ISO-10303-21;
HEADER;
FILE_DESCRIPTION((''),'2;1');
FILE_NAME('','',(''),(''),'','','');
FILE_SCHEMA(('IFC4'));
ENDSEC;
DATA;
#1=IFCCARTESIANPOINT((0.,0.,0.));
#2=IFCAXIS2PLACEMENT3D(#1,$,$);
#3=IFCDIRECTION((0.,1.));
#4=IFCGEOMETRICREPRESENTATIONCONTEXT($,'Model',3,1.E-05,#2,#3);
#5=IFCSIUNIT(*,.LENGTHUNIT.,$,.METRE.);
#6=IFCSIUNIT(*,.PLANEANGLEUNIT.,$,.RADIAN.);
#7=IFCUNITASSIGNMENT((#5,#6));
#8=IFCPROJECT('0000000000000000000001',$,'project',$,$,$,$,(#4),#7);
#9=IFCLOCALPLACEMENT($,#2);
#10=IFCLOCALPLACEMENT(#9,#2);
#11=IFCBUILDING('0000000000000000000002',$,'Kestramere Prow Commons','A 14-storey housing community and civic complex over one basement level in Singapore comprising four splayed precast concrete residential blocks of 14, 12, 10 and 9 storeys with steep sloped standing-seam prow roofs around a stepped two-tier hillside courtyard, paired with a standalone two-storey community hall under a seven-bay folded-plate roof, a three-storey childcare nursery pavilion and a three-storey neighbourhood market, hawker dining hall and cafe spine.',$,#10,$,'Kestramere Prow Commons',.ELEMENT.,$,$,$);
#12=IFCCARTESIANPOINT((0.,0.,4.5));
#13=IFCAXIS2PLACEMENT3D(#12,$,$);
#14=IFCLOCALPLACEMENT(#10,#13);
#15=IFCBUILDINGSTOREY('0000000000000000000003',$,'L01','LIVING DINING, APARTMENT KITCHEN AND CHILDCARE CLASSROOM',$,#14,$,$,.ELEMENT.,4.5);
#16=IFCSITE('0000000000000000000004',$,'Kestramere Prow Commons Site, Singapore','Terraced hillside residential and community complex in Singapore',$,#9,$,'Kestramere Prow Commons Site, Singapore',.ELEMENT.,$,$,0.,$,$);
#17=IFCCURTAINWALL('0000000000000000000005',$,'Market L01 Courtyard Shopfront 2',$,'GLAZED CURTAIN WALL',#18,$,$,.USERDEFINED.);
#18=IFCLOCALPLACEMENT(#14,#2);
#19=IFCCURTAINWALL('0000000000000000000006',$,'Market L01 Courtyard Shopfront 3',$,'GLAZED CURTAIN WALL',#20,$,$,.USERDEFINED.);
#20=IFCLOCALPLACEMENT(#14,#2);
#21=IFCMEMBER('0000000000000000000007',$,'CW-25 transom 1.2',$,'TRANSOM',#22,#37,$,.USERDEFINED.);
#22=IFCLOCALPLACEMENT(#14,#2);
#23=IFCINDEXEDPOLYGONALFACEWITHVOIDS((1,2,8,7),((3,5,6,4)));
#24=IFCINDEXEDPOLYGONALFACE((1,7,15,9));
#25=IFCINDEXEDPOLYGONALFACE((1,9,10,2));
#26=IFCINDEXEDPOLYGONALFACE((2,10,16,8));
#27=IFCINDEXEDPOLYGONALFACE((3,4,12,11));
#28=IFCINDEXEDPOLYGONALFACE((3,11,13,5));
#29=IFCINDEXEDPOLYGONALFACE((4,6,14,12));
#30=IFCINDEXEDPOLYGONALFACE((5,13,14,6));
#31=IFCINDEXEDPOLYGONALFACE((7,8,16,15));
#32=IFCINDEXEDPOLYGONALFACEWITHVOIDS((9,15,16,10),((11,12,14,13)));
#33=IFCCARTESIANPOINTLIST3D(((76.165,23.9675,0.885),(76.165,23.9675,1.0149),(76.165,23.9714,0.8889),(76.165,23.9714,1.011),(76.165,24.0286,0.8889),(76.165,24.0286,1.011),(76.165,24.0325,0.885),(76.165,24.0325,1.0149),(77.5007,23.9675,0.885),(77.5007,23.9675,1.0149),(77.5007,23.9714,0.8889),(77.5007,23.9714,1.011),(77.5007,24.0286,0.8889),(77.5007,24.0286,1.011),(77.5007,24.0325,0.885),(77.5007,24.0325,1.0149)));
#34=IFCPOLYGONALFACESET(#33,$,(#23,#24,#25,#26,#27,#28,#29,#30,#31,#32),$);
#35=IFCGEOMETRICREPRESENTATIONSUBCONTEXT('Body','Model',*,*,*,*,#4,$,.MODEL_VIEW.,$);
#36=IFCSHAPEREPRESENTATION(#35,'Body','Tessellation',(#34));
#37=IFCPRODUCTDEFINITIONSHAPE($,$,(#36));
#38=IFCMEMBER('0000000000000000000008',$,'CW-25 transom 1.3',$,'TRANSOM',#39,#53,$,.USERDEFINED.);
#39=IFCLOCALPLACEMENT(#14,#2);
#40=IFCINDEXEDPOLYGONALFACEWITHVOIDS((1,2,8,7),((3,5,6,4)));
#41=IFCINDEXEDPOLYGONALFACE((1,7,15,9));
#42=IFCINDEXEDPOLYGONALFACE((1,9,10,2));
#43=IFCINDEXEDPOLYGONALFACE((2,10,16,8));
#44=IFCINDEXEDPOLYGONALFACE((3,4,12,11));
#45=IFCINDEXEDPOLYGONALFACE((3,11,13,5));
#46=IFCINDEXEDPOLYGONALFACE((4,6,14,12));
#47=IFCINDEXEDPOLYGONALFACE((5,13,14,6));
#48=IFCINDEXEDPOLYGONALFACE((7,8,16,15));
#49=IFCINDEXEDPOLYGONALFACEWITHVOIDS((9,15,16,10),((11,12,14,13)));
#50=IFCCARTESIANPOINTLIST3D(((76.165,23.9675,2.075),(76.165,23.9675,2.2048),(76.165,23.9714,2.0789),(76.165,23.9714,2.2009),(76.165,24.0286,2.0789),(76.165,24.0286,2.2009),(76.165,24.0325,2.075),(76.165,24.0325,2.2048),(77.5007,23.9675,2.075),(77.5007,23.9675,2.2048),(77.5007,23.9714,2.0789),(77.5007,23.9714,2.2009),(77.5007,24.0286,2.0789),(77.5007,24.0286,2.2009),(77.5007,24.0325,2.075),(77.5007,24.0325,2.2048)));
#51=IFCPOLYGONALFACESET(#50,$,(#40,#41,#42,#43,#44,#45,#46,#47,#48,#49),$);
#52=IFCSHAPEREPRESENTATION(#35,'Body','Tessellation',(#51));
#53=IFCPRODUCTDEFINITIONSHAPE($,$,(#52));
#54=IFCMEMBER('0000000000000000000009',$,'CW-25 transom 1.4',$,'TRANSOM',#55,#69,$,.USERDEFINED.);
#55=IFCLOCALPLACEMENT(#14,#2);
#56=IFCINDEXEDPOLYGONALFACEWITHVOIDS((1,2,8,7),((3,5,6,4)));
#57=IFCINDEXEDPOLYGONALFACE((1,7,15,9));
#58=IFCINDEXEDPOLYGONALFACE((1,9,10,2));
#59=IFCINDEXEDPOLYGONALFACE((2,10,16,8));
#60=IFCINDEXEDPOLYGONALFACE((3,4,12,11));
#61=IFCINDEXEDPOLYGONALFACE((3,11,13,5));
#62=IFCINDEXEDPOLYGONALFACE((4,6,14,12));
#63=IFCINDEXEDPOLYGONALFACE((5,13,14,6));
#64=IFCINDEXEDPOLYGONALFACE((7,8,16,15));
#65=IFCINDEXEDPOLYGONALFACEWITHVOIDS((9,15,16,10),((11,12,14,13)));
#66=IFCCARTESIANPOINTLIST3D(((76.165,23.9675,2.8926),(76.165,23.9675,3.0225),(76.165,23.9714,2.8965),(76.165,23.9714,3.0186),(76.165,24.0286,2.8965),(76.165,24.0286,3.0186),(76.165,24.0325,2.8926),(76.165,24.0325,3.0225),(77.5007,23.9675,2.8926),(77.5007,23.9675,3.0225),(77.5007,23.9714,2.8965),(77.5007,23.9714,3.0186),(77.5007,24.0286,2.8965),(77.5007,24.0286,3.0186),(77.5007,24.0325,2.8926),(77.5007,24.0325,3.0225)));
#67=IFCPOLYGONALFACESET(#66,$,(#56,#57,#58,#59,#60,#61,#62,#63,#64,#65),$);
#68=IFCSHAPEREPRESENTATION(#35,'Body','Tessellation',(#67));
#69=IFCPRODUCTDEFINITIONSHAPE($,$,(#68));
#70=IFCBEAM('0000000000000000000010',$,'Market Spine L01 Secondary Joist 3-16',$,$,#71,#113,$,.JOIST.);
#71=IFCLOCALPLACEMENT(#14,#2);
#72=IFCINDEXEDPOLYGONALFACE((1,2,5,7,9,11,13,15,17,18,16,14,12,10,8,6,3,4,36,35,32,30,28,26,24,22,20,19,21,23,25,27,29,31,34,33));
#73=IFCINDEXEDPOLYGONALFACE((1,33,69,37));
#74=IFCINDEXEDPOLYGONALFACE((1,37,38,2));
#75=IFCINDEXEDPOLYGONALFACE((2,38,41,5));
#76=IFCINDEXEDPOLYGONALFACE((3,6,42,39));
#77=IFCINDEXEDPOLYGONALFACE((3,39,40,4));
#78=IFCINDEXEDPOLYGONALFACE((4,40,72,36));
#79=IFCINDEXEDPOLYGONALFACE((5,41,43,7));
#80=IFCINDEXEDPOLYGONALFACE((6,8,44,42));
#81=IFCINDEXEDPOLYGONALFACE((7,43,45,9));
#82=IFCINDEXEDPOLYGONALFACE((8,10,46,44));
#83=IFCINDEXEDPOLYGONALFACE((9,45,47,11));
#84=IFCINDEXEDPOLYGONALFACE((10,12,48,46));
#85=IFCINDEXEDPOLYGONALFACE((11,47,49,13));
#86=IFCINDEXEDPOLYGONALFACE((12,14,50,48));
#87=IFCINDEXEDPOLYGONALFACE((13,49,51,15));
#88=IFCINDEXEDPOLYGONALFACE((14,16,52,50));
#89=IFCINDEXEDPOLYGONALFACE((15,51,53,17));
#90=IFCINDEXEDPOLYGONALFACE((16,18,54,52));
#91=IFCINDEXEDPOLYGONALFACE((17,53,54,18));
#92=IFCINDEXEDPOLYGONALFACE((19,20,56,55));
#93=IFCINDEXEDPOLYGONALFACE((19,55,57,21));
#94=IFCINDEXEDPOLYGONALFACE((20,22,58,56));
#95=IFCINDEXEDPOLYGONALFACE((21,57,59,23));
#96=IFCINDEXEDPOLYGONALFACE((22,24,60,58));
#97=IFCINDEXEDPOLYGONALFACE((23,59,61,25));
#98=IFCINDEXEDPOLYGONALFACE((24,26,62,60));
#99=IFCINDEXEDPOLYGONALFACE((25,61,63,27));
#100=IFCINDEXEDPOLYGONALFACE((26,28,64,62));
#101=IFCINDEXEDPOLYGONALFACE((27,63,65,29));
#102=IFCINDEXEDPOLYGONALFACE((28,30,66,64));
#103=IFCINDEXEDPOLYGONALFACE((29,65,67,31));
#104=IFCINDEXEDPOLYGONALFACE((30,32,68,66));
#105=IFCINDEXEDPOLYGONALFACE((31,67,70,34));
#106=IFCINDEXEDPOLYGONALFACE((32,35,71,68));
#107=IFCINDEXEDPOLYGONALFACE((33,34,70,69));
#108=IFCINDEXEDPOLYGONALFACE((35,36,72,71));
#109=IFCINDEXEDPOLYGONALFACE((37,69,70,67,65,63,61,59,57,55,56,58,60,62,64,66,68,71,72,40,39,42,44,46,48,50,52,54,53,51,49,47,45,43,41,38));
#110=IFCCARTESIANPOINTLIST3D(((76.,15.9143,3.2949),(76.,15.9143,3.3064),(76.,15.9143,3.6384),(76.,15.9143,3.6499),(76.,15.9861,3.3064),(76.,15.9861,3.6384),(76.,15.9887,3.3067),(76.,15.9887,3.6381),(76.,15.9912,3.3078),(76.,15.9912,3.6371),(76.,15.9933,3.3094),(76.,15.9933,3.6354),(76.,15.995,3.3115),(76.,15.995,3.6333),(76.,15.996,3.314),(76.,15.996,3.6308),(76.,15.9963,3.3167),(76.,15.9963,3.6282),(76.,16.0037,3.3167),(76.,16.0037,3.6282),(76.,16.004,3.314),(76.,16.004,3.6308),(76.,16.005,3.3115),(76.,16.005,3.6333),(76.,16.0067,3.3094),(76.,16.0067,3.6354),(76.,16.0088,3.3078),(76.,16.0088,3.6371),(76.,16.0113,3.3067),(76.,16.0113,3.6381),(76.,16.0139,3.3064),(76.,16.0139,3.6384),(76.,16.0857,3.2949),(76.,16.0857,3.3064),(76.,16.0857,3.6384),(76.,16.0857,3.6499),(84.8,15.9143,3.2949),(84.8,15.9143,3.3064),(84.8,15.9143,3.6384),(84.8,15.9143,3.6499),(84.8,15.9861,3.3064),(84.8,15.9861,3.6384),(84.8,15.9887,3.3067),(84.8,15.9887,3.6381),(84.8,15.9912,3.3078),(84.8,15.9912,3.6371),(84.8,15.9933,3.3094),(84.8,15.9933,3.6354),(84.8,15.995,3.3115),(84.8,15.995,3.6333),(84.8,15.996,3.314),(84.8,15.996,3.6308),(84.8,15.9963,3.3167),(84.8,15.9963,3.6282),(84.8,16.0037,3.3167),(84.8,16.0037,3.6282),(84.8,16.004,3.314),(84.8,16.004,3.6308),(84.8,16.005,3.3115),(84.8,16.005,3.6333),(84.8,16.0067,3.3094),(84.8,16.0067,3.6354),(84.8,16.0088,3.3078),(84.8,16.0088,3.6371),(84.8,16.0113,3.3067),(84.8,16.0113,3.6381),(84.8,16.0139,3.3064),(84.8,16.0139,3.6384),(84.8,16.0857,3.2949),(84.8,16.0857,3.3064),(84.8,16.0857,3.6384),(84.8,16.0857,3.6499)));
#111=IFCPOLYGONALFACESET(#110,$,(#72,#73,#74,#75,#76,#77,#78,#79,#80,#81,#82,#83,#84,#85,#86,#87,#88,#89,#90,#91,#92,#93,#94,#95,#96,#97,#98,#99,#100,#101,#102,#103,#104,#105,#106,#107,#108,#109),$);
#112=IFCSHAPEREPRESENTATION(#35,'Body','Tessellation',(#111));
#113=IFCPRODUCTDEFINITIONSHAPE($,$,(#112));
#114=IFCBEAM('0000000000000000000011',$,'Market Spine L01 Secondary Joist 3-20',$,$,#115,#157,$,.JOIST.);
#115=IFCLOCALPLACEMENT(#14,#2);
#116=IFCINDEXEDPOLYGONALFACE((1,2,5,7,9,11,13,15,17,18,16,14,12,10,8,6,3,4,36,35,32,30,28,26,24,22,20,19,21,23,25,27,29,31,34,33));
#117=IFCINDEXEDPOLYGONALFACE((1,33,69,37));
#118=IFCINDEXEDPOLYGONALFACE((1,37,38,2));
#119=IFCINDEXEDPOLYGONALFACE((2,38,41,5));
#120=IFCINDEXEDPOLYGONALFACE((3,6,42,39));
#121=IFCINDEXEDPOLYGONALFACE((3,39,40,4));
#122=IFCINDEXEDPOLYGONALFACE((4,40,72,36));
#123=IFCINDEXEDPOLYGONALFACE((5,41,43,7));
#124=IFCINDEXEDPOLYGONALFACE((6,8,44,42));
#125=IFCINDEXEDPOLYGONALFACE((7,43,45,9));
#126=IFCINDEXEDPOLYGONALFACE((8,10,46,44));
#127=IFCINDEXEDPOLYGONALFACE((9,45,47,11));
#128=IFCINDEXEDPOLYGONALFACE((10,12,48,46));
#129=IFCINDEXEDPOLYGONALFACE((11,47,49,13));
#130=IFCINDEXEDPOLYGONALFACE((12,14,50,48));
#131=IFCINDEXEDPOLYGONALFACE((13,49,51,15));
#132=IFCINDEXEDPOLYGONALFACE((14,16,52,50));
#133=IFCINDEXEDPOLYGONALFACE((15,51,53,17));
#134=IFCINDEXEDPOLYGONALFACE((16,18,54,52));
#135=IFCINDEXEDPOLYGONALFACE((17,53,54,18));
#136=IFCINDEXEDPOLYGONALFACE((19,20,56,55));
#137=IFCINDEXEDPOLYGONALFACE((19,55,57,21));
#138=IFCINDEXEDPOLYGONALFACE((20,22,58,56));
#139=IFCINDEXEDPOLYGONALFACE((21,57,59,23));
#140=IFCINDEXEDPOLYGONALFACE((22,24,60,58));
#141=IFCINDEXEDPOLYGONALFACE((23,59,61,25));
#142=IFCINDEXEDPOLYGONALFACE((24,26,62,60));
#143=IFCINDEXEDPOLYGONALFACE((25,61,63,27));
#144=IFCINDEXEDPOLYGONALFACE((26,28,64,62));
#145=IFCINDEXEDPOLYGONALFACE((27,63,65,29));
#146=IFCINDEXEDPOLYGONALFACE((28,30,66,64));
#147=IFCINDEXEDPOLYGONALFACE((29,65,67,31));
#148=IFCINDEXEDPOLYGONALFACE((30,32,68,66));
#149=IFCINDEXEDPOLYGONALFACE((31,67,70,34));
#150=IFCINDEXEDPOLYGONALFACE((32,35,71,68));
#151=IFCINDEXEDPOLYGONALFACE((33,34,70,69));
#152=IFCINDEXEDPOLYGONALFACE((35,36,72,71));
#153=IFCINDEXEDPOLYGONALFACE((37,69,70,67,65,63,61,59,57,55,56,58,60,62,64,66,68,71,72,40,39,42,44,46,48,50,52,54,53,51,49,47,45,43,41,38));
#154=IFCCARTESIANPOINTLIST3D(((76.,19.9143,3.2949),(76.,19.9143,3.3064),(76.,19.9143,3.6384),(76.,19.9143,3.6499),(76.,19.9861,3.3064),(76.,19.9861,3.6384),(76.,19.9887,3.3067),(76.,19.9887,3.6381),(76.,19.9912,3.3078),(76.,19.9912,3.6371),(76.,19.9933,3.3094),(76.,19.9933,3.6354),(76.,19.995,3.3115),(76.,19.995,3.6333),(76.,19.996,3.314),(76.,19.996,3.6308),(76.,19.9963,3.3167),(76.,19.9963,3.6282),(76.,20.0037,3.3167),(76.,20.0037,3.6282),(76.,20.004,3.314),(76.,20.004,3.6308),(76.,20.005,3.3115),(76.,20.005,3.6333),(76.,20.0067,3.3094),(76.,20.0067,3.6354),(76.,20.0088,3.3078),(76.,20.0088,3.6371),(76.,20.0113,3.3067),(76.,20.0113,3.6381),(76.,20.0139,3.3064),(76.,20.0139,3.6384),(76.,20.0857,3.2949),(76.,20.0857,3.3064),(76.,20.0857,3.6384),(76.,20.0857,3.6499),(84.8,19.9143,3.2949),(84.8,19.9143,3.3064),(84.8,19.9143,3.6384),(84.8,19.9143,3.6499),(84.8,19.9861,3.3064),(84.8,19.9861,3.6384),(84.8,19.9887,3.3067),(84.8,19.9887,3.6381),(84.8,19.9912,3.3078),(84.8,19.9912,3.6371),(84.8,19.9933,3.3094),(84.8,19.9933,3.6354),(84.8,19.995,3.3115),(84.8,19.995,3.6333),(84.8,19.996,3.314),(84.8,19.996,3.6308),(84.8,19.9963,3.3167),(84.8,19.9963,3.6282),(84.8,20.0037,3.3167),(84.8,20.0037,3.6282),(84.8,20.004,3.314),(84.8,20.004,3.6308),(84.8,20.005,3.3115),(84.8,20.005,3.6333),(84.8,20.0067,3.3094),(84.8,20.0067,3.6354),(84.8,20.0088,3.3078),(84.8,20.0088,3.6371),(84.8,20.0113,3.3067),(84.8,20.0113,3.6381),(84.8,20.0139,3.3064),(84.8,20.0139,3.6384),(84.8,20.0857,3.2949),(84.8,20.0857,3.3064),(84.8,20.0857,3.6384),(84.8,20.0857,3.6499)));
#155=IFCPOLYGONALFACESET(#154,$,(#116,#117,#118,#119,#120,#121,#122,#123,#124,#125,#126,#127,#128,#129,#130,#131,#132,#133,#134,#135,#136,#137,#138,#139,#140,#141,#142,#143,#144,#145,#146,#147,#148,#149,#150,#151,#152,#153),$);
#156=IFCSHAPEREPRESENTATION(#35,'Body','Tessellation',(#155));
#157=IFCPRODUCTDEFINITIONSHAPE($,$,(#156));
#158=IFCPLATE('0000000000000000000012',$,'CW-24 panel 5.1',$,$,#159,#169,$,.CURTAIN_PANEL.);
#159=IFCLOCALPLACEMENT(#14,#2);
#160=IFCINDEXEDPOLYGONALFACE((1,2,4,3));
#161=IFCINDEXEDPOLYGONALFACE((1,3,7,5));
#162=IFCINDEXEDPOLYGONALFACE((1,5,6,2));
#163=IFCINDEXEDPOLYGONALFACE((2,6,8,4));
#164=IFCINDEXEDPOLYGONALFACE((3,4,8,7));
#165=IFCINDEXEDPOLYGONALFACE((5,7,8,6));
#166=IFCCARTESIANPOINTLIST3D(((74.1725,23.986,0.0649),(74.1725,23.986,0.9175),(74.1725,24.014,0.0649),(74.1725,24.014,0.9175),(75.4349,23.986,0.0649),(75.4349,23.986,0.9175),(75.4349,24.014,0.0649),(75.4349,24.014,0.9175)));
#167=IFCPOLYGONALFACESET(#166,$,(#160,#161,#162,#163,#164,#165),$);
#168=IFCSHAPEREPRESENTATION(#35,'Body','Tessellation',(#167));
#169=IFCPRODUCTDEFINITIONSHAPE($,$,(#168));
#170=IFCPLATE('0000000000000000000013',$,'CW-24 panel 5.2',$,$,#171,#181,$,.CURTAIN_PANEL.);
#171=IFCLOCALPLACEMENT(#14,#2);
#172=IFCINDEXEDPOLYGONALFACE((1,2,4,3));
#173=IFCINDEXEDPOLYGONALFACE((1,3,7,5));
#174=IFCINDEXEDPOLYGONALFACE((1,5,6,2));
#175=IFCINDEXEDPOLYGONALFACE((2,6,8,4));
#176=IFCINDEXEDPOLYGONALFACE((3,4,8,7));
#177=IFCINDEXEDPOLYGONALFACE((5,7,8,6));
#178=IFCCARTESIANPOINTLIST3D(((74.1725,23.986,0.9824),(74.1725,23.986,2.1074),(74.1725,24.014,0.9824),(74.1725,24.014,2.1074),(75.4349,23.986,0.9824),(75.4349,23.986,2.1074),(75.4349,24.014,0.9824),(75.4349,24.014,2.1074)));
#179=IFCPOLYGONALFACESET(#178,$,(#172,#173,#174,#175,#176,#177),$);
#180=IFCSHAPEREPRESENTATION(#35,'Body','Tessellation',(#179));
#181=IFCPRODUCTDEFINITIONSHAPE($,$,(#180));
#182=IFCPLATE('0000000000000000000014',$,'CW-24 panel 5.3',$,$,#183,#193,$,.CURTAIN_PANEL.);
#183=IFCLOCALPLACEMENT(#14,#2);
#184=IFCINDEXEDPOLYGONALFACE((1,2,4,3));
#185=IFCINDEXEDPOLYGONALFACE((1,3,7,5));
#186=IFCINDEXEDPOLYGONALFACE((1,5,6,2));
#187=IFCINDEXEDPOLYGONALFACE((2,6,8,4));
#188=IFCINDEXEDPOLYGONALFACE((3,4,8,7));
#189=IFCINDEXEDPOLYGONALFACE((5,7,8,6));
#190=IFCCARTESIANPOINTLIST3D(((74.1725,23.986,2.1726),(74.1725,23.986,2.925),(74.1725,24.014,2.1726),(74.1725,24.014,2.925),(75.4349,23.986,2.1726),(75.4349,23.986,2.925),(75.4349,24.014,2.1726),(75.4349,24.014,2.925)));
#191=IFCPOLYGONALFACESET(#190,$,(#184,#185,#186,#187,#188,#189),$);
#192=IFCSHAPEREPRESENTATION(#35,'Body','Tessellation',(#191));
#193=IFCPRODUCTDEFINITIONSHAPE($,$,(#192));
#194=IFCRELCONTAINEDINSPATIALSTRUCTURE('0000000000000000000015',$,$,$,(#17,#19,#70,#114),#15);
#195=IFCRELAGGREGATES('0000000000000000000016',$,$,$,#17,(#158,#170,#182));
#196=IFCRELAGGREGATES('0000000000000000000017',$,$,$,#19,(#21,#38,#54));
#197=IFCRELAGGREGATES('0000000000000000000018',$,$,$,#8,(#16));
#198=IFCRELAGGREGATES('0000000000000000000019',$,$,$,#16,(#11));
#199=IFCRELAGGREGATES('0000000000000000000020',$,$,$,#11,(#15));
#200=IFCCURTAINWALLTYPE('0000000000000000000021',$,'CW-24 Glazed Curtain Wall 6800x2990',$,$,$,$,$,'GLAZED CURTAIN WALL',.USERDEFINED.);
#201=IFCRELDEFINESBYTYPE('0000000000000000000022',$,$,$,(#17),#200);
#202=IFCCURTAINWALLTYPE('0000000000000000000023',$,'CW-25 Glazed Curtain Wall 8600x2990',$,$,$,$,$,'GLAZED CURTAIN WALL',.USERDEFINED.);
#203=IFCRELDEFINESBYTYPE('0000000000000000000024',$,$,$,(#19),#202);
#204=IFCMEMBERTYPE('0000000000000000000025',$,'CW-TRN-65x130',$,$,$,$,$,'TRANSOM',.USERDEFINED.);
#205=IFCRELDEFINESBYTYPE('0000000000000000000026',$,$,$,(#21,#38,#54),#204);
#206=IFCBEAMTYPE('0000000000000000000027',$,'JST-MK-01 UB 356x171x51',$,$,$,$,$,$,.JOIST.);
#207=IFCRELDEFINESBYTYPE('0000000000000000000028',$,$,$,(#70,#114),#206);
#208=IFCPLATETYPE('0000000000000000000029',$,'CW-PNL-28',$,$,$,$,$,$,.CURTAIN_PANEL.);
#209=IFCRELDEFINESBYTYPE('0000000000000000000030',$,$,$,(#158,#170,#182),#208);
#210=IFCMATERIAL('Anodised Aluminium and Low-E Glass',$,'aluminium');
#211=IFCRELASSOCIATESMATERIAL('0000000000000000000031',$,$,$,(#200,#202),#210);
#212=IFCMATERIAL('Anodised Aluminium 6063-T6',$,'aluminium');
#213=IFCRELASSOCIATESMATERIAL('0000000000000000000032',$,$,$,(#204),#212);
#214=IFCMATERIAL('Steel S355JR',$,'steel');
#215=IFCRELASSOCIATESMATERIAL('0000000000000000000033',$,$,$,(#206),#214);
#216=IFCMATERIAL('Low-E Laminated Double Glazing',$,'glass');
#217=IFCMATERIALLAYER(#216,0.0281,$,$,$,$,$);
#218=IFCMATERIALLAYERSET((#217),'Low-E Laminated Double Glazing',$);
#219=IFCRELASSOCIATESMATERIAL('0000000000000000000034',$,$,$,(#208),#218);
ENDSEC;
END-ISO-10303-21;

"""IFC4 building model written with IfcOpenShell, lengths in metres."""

from ifc_helpers import new_model, si_unit, direction, frame, origin, origin_2d, place, context, subcontext, project, spatial, rectangle, hollow_rectangle, i_section, extrude, material, layer, layer_set, material_profile, profile_set, type_object, element, aggregate, save


model = new_model("IFC4")

# Units and contexts
model_context = context("Model", 3, precision=1e-05, world=origin(), true_north=direction((0.0, 1.0)))
body_context = subcontext(model_context, "Body", "Model", "MODEL_VIEW")
ifc_project = project(units=[si_unit("LENGTHUNIT", "METRE"), si_unit("PLANEANGLEUNIT", "RADIAN")], contexts=[model_context])

# Site, building, storey
site_placement = place(None, origin())
site = spatial("IfcSite", under=ifc_project, at=site_placement, Name="Kestramere Prow Commons Site, Singapore", Description="Terraced hillside residential and community complex in Singapore", LongName="Kestramere Prow Commons Site, Singapore", CompositionType="ELEMENT", RefElevation=0.0)
building_placement = place(site_placement, origin())
building = spatial("IfcBuilding", under=site, at=building_placement, Name="Kestramere Prow Commons", Description="A 14-storey housing community and civic complex over one basement level in Singapore comprising four splayed precast concrete residential blocks of 14, 12, 10 and 9 storeys with steep sloped standing-seam prow roofs around a stepped two-tier hillside courtyard, paired with a standalone two-storey community hall under a seven-bay folded-plate roof, a three-storey childcare nursery pavilion and a three-storey neighbourhood market, hawker dining hall and cafe spine.", LongName="Kestramere Prow Commons", CompositionType="ELEMENT")
storey_placement = place(building_placement, frame((0.0, 0.0, 4.5)))
storey = spatial("IfcBuildingStorey", under=building, at=storey_placement, Name="L01", Description="LIVING DINING, APARTMENT KITCHEN AND CHILDCARE CLASSROOM", CompositionType="ELEMENT", Elevation=4.5)

# Curtain walls
ifc_material_1 = material(Name="Anodised Aluminium and Low-E Glass", Category="aluminium")
curtain_wall_type_1 = type_object("IfcCurtainWallType", Name="CW-24 Glazed Curtain Wall 6800x2990", ElementType="GLAZED CURTAIN WALL", PredefinedType="USERDEFINED", material=ifc_material_1)
curtain_wall_1_placement = place(storey_placement, origin())
curtain_wall_1 = element("IfcCurtainWall", 1, at=curtain_wall_1_placement, inside=storey, type_object=curtain_wall_type_1, Name="Market L01 Courtyard Shopfront 2", ObjectType="GLAZED CURTAIN WALL", PredefinedType="USERDEFINED")
ifc_material_2 = material(Name="Anodised Aluminium 6063-T6", Category="aluminium")
curtain_wall_type_2 = type_object("IfcCurtainWallType", Name="CW-25 Glazed Curtain Wall 8600x2990", ElementType="GLAZED CURTAIN WALL", PredefinedType="USERDEFINED", material=ifc_material_1)
curtain_wall_2_placement = place(storey_placement, origin())
curtain_wall_2 = element("IfcCurtainWall", 2, at=curtain_wall_2_placement, inside=storey, type_object=curtain_wall_type_2, Name="Market L01 Courtyard Shopfront 3", ObjectType="GLAZED CURTAIN WALL", PredefinedType="USERDEFINED")

# Members
ifc_material_profile_1 = material_profile(ifc_material_2, hollow_rectangle(XDim=0.0649, YDim=0.1299, WallThickness=0.0039, at=origin_2d()), Name="ALU-TRN 65x130")
ifc_profile_set_1 = profile_set([ifc_material_profile_1], Name="Anodised Aluminium 6063-T6")
member_type_1 = type_object("IfcMemberType", Name="CW-TRN-65x130", ElementType="TRANSOM", PredefinedType="USERDEFINED", material=ifc_profile_set_1)
member_1_placement = place(storey_placement, frame((76.165, 24.0, 0.95), z_axis=(1.0, 0.0, 0.0), x_axis=(0.0, 1.0, 0.0)))
member_1 = element("IfcMember", 3, at=member_1_placement, type_object=member_type_1, Name="CW-25 transom 1.2", ObjectType="TRANSOM", PredefinedType="USERDEFINED", context=body_context, shape_type="SweptSolid", body=[
    extrude(hollow_rectangle(XDim=0.0649, YDim=0.1299, WallThickness=0.0039, at=origin_2d()), origin(), (0.0, 0.0, 1.0), 1.3357),
])
member_2_placement = place(storey_placement, frame((76.165, 24.0, 2.1399), z_axis=(1.0, 0.0, 0.0), x_axis=(0.0, 1.0, 0.0)))
member_2 = element("IfcMember", 4, at=member_2_placement, type_object=member_type_1, Name="CW-25 transom 1.3", ObjectType="TRANSOM", PredefinedType="USERDEFINED", context=body_context, shape_type="SweptSolid", body=[
    extrude(hollow_rectangle(XDim=0.0649, YDim=0.1299, WallThickness=0.0039, at=origin_2d()), origin(), (0.0, 0.0, 1.0), 1.3357),
])
member_3_placement = place(storey_placement, frame((76.165, 24.0, 2.9575), z_axis=(1.0, 0.0, 0.0), x_axis=(0.0, 1.0, 0.0)))
member_3 = element("IfcMember", 5, at=member_3_placement, type_object=member_type_1, Name="CW-25 transom 1.4", ObjectType="TRANSOM", PredefinedType="USERDEFINED", context=body_context, shape_type="SweptSolid", body=[
    extrude(hollow_rectangle(XDim=0.0649, YDim=0.1299, WallThickness=0.0039, at=origin_2d()), origin(), (0.0, 0.0, 1.0), 1.3357),
])

# Beams
ifc_material_3 = material(Name="Steel S355JR", Category="steel")
ifc_material_profile_2 = material_profile(ifc_material_3, i_section(OverallWidth=0.1714, OverallDepth=0.355, WebThickness=0.0073, FlangeThickness=0.0115, FilletRadius=0.0103, at=origin_2d()), Name="UB 356x171x51")
ifc_profile_set_2 = profile_set([ifc_material_profile_2], Name="Steel S355JR")
beam_type_1 = type_object("IfcBeamType", Name="JST-MK-01 UB 356x171x51", PredefinedType="JOIST", material=ifc_profile_set_2)
for number, where, z_axis, x_axis, name in (
    (6, (76.0, 16.0, 3.4724), (1.0, 0.0, 0.0), (0.0, 1.0, 0.0), "Market Spine L01 Secondary Joist 3-16"),
    (7, (76.0, 20.0, 3.4724), (1.0, 0.0, 0.0), (0.0, 1.0, 0.0), "Market Spine L01 Secondary Joist 3-20"),
):
    element("IfcBeam", number, at=place(storey_placement, frame(where, z_axis=z_axis, x_axis=x_axis)), inside=storey, type_object=beam_type_1, Name=name, PredefinedType="JOIST", context=body_context, shape_type="SweptSolid", body=[
        extrude(i_section(OverallWidth=0.1714, OverallDepth=0.355, WebThickness=0.0073, FlangeThickness=0.0115, FilletRadius=0.0103, at=origin_2d()), origin(), (0.0, 0.0, 1.0), 8.8),
    ])

# Plates
ifc_material_4 = material(Name="Low-E Laminated Double Glazing", Category="glass")
ifc_layer = layer(ifc_material_4, 0.0281)
ifc_layer_set = layer_set([ifc_layer], Name="Low-E Laminated Double Glazing")
plate_type = type_object("IfcPlateType", Name="CW-PNL-28", PredefinedType="CURTAIN_PANEL", material=ifc_layer_set)
plate_1_placement = place(storey_placement, frame((74.8037, 24.0, 0.0649), z_axis=(0.0, 0.0, 1.0), x_axis=(1.0, 0.0, 0.0)))
plate_1 = element("IfcPlate", 8, at=plate_1_placement, type_object=plate_type, Name="CW-24 panel 5.1", PredefinedType="CURTAIN_PANEL", context=body_context, shape_type="SweptSolid", body=[
    extrude(rectangle(XDim=1.2625, YDim=0.0281, at=origin_2d()), origin(), (0.0, 0.0, 1.0), 0.8525),
])
plate_2_placement = place(storey_placement, frame((74.8037, 24.0, 0.9824), z_axis=(0.0, 0.0, 1.0), x_axis=(1.0, 0.0, 0.0)))
plate_2 = element("IfcPlate", 9, at=plate_2_placement, type_object=plate_type, Name="CW-24 panel 5.2", PredefinedType="CURTAIN_PANEL", context=body_context, shape_type="SweptSolid", body=[
    extrude(rectangle(XDim=1.2625, YDim=0.0281, at=origin_2d()), origin(), (0.0, 0.0, 1.0), 1.125),
])
plate_3_placement = place(storey_placement, frame((74.8037, 24.0, 2.1726), z_axis=(0.0, 0.0, 1.0), x_axis=(1.0, 0.0, 0.0)))
plate_3 = element("IfcPlate", 10, at=plate_3_placement, type_object=plate_type, Name="CW-24 panel 5.3", PredefinedType="CURTAIN_PANEL", context=body_context, shape_type="SweptSolid", body=[
    extrude(rectangle(XDim=1.2625, YDim=0.0281, at=origin_2d()), origin(), (0.0, 0.0, 1.0), 0.7524),
])
aggregate(curtain_wall_1, [plate_1, plate_2, plate_3])
aggregate(curtain_wall_2, [member_1, member_2, member_3])

save(model, "model.ifc")
